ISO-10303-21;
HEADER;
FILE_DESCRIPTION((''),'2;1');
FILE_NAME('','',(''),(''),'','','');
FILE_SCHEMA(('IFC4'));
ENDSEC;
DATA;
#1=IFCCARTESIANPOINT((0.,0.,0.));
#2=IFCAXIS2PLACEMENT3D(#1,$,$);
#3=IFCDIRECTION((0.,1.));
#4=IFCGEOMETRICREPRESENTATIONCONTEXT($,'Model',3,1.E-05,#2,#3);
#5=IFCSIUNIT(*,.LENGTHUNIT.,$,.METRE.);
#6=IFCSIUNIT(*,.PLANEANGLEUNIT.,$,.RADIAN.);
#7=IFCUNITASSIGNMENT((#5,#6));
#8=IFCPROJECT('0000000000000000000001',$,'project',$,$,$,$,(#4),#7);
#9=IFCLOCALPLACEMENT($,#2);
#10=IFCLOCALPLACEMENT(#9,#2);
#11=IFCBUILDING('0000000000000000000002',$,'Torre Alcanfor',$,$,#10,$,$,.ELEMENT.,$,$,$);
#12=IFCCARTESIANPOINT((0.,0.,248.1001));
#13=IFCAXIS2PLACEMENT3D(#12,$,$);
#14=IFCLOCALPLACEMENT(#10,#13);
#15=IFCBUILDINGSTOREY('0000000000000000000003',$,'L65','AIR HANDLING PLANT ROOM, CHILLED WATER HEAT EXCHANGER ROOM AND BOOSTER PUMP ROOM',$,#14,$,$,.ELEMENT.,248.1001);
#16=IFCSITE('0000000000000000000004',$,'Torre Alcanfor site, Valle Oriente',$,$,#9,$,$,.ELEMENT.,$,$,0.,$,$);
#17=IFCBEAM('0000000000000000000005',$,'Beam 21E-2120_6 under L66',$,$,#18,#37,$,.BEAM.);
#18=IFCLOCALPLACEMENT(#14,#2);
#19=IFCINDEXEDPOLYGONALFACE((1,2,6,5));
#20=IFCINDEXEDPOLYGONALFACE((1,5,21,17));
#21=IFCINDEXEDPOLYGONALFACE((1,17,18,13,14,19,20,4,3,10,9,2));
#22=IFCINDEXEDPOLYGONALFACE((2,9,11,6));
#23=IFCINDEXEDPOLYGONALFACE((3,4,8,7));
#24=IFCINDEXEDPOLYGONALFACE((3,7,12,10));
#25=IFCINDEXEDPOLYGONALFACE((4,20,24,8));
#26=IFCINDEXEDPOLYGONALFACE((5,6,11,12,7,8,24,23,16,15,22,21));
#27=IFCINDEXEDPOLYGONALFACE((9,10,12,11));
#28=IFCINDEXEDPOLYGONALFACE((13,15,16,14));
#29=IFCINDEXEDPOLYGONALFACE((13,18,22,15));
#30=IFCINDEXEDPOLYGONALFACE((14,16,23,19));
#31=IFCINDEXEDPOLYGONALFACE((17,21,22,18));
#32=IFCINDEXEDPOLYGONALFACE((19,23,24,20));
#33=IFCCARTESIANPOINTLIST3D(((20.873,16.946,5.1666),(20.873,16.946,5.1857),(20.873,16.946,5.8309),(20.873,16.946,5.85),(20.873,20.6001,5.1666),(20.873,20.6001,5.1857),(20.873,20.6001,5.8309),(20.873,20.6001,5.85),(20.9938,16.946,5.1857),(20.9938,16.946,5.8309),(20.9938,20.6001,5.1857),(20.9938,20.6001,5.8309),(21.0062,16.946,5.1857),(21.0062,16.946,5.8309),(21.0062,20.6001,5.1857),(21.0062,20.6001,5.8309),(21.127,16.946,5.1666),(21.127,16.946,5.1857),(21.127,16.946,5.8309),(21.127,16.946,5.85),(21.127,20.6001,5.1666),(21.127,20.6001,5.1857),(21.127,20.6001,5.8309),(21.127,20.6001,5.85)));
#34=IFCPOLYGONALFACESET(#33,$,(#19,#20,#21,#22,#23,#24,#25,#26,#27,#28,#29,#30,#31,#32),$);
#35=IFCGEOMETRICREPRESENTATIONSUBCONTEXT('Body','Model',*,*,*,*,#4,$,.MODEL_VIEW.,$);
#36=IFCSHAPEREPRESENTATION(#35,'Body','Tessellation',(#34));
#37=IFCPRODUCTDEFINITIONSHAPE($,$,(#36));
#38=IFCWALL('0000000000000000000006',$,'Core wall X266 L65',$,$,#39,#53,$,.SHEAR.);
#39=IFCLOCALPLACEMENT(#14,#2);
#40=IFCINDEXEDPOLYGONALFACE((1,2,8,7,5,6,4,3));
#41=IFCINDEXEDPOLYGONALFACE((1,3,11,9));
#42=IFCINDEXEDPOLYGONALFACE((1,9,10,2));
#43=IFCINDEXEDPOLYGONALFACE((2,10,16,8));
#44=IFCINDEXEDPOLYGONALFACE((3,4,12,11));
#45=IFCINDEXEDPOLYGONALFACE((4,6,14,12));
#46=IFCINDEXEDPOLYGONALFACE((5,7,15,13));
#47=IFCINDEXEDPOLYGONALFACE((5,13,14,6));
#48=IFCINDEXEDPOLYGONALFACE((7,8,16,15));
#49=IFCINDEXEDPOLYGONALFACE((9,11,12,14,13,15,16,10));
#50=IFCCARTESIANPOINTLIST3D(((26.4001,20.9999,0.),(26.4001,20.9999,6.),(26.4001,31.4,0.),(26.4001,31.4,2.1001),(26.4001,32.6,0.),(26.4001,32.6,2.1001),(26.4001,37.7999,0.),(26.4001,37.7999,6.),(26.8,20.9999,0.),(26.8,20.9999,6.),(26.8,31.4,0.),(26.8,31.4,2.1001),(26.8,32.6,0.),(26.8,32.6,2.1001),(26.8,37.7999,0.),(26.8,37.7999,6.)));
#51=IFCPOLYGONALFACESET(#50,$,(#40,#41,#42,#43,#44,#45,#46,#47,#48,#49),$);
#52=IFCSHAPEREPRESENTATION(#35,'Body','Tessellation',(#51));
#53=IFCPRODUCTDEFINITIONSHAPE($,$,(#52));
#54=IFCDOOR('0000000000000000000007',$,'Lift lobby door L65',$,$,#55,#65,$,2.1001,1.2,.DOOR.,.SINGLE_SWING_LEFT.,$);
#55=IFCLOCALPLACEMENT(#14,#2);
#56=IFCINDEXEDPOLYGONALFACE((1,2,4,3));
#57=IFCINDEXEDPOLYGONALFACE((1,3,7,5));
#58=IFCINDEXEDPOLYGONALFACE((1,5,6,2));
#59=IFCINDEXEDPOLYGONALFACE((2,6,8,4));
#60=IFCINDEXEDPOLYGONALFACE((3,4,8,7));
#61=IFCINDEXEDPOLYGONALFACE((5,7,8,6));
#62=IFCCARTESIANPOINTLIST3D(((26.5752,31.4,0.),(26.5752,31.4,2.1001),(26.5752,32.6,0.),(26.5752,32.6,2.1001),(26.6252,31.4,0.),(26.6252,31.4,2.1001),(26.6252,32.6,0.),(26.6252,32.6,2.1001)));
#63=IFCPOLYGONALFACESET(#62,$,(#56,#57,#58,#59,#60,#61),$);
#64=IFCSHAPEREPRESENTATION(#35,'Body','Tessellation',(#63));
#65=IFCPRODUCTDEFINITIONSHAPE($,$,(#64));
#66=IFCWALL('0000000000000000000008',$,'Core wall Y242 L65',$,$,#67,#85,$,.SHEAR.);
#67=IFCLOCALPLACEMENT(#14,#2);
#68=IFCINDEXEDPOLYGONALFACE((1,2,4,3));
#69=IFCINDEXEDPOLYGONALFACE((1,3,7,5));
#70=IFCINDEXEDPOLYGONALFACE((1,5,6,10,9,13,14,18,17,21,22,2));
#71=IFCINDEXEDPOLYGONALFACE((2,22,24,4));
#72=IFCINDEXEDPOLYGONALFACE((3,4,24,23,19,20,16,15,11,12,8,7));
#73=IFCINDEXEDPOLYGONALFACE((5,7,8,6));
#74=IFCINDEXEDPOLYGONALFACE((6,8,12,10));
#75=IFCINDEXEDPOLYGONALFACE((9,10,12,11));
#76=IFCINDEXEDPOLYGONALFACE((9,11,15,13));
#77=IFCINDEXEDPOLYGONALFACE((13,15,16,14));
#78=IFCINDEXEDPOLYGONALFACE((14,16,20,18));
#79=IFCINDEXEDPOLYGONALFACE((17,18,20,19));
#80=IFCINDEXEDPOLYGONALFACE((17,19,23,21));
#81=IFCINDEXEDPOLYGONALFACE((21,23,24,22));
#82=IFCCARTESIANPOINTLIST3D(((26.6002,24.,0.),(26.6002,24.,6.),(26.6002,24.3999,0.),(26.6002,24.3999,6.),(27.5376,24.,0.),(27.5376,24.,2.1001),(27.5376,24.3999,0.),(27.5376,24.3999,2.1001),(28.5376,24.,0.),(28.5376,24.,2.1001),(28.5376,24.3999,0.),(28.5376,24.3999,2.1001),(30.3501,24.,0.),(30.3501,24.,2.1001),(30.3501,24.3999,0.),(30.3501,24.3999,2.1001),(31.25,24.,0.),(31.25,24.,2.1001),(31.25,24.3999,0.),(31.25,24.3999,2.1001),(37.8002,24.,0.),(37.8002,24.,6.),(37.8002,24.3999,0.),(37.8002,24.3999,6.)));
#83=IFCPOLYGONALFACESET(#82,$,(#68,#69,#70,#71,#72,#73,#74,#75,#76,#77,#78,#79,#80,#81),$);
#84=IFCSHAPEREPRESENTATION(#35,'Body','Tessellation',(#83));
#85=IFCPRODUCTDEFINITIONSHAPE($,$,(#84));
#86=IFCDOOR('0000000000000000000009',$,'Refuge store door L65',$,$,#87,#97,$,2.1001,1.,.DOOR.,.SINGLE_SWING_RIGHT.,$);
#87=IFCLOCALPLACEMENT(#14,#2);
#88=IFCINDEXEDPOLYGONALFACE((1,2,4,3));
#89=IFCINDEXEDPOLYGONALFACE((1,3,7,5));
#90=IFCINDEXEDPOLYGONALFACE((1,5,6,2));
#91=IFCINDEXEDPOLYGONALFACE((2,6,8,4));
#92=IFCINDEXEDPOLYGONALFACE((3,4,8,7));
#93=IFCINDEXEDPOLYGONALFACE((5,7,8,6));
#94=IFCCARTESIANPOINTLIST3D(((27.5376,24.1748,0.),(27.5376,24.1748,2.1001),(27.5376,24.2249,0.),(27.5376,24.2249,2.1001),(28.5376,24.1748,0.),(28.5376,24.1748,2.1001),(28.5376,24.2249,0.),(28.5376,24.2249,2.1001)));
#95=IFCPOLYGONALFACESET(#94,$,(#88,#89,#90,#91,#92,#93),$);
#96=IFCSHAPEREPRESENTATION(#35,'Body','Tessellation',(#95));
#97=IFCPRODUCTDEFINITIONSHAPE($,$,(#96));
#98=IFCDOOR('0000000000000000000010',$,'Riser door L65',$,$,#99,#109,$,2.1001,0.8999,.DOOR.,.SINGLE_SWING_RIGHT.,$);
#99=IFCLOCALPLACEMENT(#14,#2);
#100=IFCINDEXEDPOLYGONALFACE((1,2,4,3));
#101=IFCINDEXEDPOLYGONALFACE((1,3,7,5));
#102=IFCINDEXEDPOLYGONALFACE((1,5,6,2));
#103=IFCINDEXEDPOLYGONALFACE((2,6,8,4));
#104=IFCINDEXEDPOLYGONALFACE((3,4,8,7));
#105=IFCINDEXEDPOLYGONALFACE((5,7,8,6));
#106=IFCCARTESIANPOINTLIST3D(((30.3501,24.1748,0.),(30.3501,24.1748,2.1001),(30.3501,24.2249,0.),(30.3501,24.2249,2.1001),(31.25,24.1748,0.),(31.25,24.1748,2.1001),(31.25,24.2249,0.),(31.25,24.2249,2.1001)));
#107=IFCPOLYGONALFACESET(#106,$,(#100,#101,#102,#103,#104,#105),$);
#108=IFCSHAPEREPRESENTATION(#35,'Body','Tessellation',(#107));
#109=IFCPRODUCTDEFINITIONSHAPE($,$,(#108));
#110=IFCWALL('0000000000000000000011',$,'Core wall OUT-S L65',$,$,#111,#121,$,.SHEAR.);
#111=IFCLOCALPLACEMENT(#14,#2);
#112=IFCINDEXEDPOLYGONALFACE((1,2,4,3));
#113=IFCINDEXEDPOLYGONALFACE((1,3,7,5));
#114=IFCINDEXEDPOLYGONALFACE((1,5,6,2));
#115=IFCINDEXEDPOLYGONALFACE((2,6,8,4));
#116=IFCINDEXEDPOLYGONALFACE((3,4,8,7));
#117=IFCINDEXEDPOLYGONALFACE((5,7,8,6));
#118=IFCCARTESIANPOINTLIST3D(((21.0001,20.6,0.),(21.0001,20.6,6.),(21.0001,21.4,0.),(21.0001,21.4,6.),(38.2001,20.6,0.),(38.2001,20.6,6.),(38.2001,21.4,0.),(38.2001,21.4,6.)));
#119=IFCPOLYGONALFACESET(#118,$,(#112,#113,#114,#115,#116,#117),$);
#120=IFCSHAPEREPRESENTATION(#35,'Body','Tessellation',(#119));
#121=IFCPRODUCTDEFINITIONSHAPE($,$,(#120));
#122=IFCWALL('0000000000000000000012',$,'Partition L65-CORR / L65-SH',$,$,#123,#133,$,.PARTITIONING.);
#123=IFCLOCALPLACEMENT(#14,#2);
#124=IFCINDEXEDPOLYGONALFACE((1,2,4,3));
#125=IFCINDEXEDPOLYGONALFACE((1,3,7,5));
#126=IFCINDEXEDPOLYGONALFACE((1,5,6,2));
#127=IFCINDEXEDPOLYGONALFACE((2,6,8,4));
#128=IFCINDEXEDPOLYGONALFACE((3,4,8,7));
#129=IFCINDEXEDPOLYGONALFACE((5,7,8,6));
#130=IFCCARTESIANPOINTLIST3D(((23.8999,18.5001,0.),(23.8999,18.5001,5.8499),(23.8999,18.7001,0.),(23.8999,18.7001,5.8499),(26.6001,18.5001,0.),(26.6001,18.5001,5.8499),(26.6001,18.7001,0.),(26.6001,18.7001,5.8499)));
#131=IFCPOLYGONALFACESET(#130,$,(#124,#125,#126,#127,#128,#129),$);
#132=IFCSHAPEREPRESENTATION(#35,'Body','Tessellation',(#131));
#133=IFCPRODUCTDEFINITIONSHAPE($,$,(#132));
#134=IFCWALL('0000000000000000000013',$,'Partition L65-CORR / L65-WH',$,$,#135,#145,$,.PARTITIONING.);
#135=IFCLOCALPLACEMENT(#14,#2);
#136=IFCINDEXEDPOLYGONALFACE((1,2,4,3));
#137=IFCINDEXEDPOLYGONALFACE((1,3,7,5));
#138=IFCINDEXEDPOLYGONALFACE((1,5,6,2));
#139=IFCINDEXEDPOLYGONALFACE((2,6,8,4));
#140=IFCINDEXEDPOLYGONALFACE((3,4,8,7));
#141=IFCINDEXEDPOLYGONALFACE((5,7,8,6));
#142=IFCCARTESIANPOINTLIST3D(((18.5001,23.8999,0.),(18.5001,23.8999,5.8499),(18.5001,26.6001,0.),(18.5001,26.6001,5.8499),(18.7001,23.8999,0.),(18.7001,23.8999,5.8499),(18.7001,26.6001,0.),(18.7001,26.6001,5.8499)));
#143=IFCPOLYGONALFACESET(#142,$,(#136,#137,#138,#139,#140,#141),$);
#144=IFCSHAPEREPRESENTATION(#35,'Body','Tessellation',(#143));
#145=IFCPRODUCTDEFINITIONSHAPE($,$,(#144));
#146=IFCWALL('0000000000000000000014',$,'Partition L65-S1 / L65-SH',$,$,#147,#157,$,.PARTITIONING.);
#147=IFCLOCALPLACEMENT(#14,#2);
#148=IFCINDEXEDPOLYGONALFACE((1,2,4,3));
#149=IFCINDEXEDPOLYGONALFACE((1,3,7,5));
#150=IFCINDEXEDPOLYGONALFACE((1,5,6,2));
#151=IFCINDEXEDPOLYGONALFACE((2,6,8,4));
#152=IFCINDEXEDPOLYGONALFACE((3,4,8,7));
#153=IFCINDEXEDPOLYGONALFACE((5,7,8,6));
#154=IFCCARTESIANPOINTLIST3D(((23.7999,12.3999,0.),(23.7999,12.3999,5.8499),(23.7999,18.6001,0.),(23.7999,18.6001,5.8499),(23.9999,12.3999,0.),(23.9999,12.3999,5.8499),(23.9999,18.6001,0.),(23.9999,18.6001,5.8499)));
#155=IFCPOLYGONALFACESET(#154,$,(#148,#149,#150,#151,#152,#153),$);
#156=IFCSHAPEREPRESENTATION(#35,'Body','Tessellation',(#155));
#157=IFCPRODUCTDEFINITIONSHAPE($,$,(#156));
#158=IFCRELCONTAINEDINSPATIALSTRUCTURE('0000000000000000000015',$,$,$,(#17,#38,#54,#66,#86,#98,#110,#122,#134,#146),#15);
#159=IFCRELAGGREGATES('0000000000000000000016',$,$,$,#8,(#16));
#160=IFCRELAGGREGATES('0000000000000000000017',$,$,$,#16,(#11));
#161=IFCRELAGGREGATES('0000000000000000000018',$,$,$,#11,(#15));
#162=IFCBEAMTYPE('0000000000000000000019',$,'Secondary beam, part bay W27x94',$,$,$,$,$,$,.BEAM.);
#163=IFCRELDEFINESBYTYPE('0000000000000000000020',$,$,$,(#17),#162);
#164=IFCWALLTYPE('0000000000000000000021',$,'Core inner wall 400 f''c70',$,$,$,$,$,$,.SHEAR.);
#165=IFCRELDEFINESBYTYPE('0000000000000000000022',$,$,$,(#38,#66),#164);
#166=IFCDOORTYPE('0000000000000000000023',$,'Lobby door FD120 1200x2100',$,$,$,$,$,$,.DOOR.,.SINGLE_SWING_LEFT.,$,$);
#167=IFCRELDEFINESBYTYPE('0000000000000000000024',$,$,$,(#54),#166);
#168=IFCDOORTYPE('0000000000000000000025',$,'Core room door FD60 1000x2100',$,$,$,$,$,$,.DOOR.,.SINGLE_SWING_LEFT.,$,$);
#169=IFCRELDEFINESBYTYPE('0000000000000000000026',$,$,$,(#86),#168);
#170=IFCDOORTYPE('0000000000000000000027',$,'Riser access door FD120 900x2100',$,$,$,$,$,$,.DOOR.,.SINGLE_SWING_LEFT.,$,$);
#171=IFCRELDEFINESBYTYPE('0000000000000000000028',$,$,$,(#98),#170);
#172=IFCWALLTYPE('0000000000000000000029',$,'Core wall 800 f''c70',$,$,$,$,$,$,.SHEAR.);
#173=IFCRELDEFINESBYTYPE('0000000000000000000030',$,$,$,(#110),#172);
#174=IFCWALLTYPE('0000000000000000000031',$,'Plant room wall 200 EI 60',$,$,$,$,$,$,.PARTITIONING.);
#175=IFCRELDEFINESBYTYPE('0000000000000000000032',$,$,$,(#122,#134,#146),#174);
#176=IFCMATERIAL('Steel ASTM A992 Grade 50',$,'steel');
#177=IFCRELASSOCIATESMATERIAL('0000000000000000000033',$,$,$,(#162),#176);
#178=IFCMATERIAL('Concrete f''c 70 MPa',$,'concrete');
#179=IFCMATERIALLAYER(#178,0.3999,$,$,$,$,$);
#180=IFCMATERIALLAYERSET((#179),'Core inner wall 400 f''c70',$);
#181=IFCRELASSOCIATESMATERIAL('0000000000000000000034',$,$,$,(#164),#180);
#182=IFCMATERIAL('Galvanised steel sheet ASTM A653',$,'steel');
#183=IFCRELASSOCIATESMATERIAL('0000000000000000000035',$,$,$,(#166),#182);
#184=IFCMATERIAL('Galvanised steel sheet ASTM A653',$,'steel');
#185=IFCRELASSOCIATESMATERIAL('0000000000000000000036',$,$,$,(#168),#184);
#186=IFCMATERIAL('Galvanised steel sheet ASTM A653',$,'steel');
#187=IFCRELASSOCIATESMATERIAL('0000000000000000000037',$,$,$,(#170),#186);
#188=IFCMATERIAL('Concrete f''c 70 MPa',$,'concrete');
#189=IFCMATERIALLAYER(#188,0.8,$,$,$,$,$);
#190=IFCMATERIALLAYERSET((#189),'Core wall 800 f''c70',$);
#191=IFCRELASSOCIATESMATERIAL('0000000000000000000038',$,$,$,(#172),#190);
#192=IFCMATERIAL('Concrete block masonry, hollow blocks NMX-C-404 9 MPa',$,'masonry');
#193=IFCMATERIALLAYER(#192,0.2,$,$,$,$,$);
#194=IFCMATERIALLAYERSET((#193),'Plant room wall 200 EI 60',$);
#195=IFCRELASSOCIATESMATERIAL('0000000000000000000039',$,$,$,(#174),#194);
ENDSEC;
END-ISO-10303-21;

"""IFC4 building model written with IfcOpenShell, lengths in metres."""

from ifc_helpers import new_model, si_unit, direction, frame, frame_2d, origin, origin_2d, place, context, subcontext, project, spatial, rectangle, i_section, extrude, material, layer, layer_set, material_profile, profile_set, type_object, element, fill, save


model = new_model("IFC4")

# Units and contexts
model_context = context("Model", 3, precision=1e-05, world=origin(), true_north=direction((0.0, 1.0)))
body_context = subcontext(model_context, "Body", "Model", "MODEL_VIEW")
ifc_project = project(units=[si_unit("LENGTHUNIT", "METRE"), si_unit("PLANEANGLEUNIT", "RADIAN")], contexts=[model_context])

# Site, building, storey
site_placement = place(None, origin())
site = spatial("IfcSite", under=ifc_project, at=site_placement, Name="Torre Alcanfor site, Valle Oriente", CompositionType="ELEMENT", RefElevation=0.0)
building_placement = place(site_placement, origin())
building = spatial("IfcBuilding", under=site, at=building_placement, Name="Torre Alcanfor", CompositionType="ELEMENT")
storey_placement = place(building_placement, frame((0.0, 0.0, 248.1001)))
storey = spatial("IfcBuildingStorey", under=building, at=storey_placement, Name="L65", Description="AIR HANDLING PLANT ROOM, CHILLED WATER HEAT EXCHANGER ROOM AND BOOSTER PUMP ROOM", CompositionType="ELEMENT", Elevation=248.1001)

# Beam
ifc_material_1 = material(Name="Steel ASTM A992 Grade 50", Category="steel")
ifc_material_profile_1 = material_profile(ifc_material_1, i_section(OverallWidth=0.2539, OverallDepth=0.6833, WebThickness=0.0125, FlangeThickness=0.019, at=origin_2d()), Name="W27x94")
ifc_profile_set_1 = profile_set([ifc_material_profile_1], Name="Steel ASTM A992 Grade 50")
beam_type_1 = type_object("IfcBeamType", Name="Secondary beam, part bay W27x94", PredefinedType="BEAM", material=ifc_profile_set_1)
beam_1_placement = place(storey_placement, frame((21.0, 16.946, 5.5083), z_axis=(0.0, 1.0, 0.0), x_axis=(-1.0, 0.0, 0.0)))
element("IfcBeam", 1, at=beam_1_placement, inside=storey, type_object=beam_type_1, Name="Beam 21E-2120_6 under L66", PredefinedType="BEAM", context=body_context, shape_type="SweptSolid", body=[
    extrude(i_section(OverallWidth=0.2539, OverallDepth=0.6833, WebThickness=0.0125, FlangeThickness=0.019, at=origin_2d()), origin(), (0.0, 0.0, 1.0), 3.6541),
])

# Wall, opening, door
ifc_material_2 = material(Name="Concrete f'c 70 MPa", Category="concrete")
ifc_layer_1 = layer(ifc_material_2, 0.3999)
ifc_layer_set_1 = layer_set([ifc_layer_1], Name="Core inner wall 400 f'c70")
wall_type_1 = type_object("IfcWallType", Name="Core inner wall 400 f'c70", PredefinedType="SHEAR", material=ifc_layer_set_1)
wall_1_placement = place(storey_placement, frame((26.6001, 21.0, 0.0), z_axis=(0.0, 0.0, 1.0), x_axis=(0.0, 1.0, 0.0)))
wall_1 = element("IfcWall", 2, at=wall_1_placement, inside=storey, type_object=wall_type_1, Name="Core wall X266 L65", PredefinedType="SHEAR", context=body_context, shape_type="SweptSolid", body=[
    extrude(rectangle(XDim=16.8, YDim=0.3999, at=frame_2d((8.3999, 0.0))), origin(), (0.0, 0.0, 1.0), 6.0),
])
opening_1_placement = place(wall_1_placement, frame((10.3999, 0.0, 0.0)))
opening_1 = element("IfcOpeningElement", 3, at=opening_1_placement, cuts=wall_1, PredefinedType="OPENING", context=body_context, shape_type="SweptSolid", body=[
    extrude(rectangle(XDim=1.2, YDim=2.1001, at=frame_2d((0.6001, 1.05))), frame((0.0, 0.21, 0.0), z_axis=(0.0, -1.0, 0.0), x_axis=(1.0, 0.0, 0.0)), (0.0, 0.0, 1.0), 0.4199),
])
ifc_material_3 = material(Name="Galvanised steel sheet ASTM A653", Category="steel")
door_type_1 = type_object("IfcDoorType", Name="Lobby door FD120 1200x2100", OperationType="SINGLE_SWING_LEFT", PredefinedType="DOOR", material=ifc_material_3)
door_1_placement = place(opening_1_placement, origin())
door_1 = element("IfcDoor", 4, at=door_1_placement, inside=storey, type_object=door_type_1, Name="Lift lobby door L65", OperationType="SINGLE_SWING_LEFT", OverallHeight=2.1001, OverallWidth=1.2, PredefinedType="DOOR", context=body_context, shape_type="SweptSolid", body=[
    extrude(rectangle(XDim=1.2, YDim=2.1001, at=frame_2d((0.6001, 1.05))), frame((0.0, 0.0249, 0.0), z_axis=(0.0, -1.0, 0.0), x_axis=(1.0, 0.0, 0.0)), (0.0, 0.0, 1.0), 0.05),
])
fill(opening_1, door_1)

# Wall, openings, doors
wall_2_placement = place(storey_placement, frame((26.6001, 24.2, 0.0), z_axis=(0.0, 0.0, 1.0), x_axis=(1.0, 0.0, 0.0)))
wall_2 = element("IfcWall", 5, at=wall_2_placement, inside=storey, type_object=wall_type_1, Name="Core wall Y242 L65", PredefinedType="SHEAR", context=body_context, shape_type="SweptSolid", body=[
    extrude(rectangle(XDim=11.2, YDim=0.3999, at=frame_2d((5.6001, 0.0))), origin(), (0.0, 0.0, 1.0), 6.0),
])
opening_2_placement = place(wall_2_placement, frame((0.9375, 0.0, 0.0)))
opening_2 = element("IfcOpeningElement", 6, at=opening_2_placement, cuts=wall_2, PredefinedType="OPENING", context=body_context, shape_type="SweptSolid", body=[
    extrude(rectangle(XDim=1.0, YDim=2.1001, at=frame_2d((0.5, 1.05))), frame((0.0, 0.21, 0.0), z_axis=(0.0, -1.0, 0.0), x_axis=(1.0, 0.0, 0.0)), (0.0, 0.0, 1.0), 0.4199),
])
opening_3_placement = place(wall_2_placement, frame((3.75, 0.0, 0.0)))
opening_3 = element("IfcOpeningElement", 7, at=opening_3_placement, cuts=wall_2, PredefinedType="OPENING", context=body_context, shape_type="SweptSolid", body=[
    extrude(rectangle(XDim=0.8999, YDim=2.1001, at=frame_2d((0.45, 1.05))), frame((0.0, 0.21, 0.0), z_axis=(0.0, -1.0, 0.0), x_axis=(1.0, 0.0, 0.0)), (0.0, 0.0, 1.0), 0.4199),
])
ifc_material_4 = material(Name="Galvanised steel sheet ASTM A653", Category="steel")
door_type_2 = type_object("IfcDoorType", Name="Core room door FD60 1000x2100", OperationType="SINGLE_SWING_LEFT", PredefinedType="DOOR", material=ifc_material_4)
door_2_placement = place(opening_2_placement, frame((1.0, 0.0, 0.0), z_axis=(0.0, 0.0, 1.0), x_axis=(-1.0, 0.0, 0.0)))
door_2 = element("IfcDoor", 8, at=door_2_placement, inside=storey, type_object=door_type_2, Name="Refuge store door L65", OperationType="SINGLE_SWING_RIGHT", OverallHeight=2.1001, OverallWidth=1.0, PredefinedType="DOOR", context=body_context, shape_type="SweptSolid", body=[
    extrude(rectangle(XDim=1.0, YDim=2.1001, at=frame_2d((0.5, 1.05))), frame((0.0, 0.0251, 0.0), z_axis=(0.0, -1.0, 0.0), x_axis=(1.0, 0.0, 0.0)), (0.0, 0.0, 1.0), 0.05),
])
fill(opening_2, door_2)
ifc_material_5 = material(Name="Galvanised steel sheet ASTM A653", Category="steel")
door_type_3 = type_object("IfcDoorType", Name="Riser access door FD120 900x2100", OperationType="SINGLE_SWING_LEFT", PredefinedType="DOOR", material=ifc_material_5)
door_3_placement = place(opening_3_placement, frame((0.8999, 0.0, 0.0), z_axis=(0.0, 0.0, 1.0), x_axis=(-1.0, 0.0, 0.0)))
door_3 = element("IfcDoor", 9, at=door_3_placement, inside=storey, type_object=door_type_3, Name="Riser door L65", OperationType="SINGLE_SWING_RIGHT", OverallHeight=2.1001, OverallWidth=0.8999, PredefinedType="DOOR", context=body_context, shape_type="SweptSolid", body=[
    extrude(rectangle(XDim=0.8999, YDim=2.1001, at=frame_2d((0.45, 1.05))), frame((0.0, 0.0251, 0.0), z_axis=(0.0, -1.0, 0.0), x_axis=(1.0, 0.0, 0.0)), (0.0, 0.0, 1.0), 0.05),
])
fill(opening_3, door_3)

# Wall
ifc_material_6 = material(Name="Concrete f'c 70 MPa", Category="concrete")
ifc_layer_2 = layer(ifc_material_6, 0.8)
ifc_layer_set_2 = layer_set([ifc_layer_2], Name="Core wall 800 f'c70")
wall_type_2 = type_object("IfcWallType", Name="Core wall 800 f'c70", PredefinedType="SHEAR", material=ifc_layer_set_2)
wall_3_placement = place(storey_placement, frame((21.0, 21.0, 0.0), z_axis=(0.0, 0.0, 1.0), x_axis=(1.0, 0.0, 0.0)))
element("IfcWall", 10, at=wall_3_placement, inside=storey, type_object=wall_type_2, Name="Core wall OUT-S L65", PredefinedType="SHEAR", context=body_context, shape_type="SweptSolid", body=[
    extrude(rectangle(XDim=17.2, YDim=0.8, at=frame_2d((8.6001, 0.0))), origin(), (0.0, 0.0, 1.0), 6.0),
])

# Shared definitions
ifc_material_7 = material(Name="Concrete block masonry, hollow blocks NMX-C-404 9 MPa", Category="masonry")
ifc_layer_3 = layer(ifc_material_7, 0.2)
ifc_layer_set_3 = layer_set([ifc_layer_3], Name="Plant room wall 200 EI 60")
wall_type_3 = type_object("IfcWallType", Name="Plant room wall 200 EI 60", PredefinedType="PARTITIONING", material=ifc_layer_set_3)

# Wall
wall_4_placement = place(storey_placement, frame((26.6001, 18.6001, 0.0), z_axis=(0.0, 0.0, 1.0), x_axis=(-1.0, 0.0, 0.0)))
element("IfcWall", 11, at=wall_4_placement, inside=storey, type_object=wall_type_3, Name="Partition L65-CORR / L65-SH", PredefinedType="PARTITIONING", context=body_context, shape_type="SweptSolid", body=[
    extrude(rectangle(XDim=2.7002, YDim=0.2, at=frame_2d((1.3501, 0.0))), origin(), (0.0, 0.0, 1.0), 5.8499),
])

# Walls
wall_5_placement = place(storey_placement, frame((18.6001, 23.8999, 0.0), z_axis=(0.0, 0.0, 1.0), x_axis=(0.0, 1.0, 0.0)))
element("IfcWall", 12, at=wall_5_placement, inside=storey, type_object=wall_type_3, Name="Partition L65-CORR / L65-WH", PredefinedType="PARTITIONING", context=body_context, shape_type="SweptSolid", body=[
    extrude(rectangle(XDim=2.7002, YDim=0.2, at=frame_2d((1.3501, 0.0))), origin(), (0.0, 0.0, 1.0), 5.8499),
])
wall_6_placement = place(storey_placement, frame((23.8999, 18.6001, 0.0), z_axis=(0.0, 0.0, 1.0), x_axis=(0.0, -1.0, 0.0)))
element("IfcWall", 13, at=wall_6_placement, inside=storey, type_object=wall_type_3, Name="Partition L65-S1 / L65-SH", PredefinedType="PARTITIONING", context=body_context, shape_type="SweptSolid", body=[
    extrude(rectangle(XDim=6.2002, YDim=0.2, at=frame_2d((3.1001, 0.0))), origin(), (0.0, 0.0, 1.0), 5.8499),
])

save(model, "model.ifc")
